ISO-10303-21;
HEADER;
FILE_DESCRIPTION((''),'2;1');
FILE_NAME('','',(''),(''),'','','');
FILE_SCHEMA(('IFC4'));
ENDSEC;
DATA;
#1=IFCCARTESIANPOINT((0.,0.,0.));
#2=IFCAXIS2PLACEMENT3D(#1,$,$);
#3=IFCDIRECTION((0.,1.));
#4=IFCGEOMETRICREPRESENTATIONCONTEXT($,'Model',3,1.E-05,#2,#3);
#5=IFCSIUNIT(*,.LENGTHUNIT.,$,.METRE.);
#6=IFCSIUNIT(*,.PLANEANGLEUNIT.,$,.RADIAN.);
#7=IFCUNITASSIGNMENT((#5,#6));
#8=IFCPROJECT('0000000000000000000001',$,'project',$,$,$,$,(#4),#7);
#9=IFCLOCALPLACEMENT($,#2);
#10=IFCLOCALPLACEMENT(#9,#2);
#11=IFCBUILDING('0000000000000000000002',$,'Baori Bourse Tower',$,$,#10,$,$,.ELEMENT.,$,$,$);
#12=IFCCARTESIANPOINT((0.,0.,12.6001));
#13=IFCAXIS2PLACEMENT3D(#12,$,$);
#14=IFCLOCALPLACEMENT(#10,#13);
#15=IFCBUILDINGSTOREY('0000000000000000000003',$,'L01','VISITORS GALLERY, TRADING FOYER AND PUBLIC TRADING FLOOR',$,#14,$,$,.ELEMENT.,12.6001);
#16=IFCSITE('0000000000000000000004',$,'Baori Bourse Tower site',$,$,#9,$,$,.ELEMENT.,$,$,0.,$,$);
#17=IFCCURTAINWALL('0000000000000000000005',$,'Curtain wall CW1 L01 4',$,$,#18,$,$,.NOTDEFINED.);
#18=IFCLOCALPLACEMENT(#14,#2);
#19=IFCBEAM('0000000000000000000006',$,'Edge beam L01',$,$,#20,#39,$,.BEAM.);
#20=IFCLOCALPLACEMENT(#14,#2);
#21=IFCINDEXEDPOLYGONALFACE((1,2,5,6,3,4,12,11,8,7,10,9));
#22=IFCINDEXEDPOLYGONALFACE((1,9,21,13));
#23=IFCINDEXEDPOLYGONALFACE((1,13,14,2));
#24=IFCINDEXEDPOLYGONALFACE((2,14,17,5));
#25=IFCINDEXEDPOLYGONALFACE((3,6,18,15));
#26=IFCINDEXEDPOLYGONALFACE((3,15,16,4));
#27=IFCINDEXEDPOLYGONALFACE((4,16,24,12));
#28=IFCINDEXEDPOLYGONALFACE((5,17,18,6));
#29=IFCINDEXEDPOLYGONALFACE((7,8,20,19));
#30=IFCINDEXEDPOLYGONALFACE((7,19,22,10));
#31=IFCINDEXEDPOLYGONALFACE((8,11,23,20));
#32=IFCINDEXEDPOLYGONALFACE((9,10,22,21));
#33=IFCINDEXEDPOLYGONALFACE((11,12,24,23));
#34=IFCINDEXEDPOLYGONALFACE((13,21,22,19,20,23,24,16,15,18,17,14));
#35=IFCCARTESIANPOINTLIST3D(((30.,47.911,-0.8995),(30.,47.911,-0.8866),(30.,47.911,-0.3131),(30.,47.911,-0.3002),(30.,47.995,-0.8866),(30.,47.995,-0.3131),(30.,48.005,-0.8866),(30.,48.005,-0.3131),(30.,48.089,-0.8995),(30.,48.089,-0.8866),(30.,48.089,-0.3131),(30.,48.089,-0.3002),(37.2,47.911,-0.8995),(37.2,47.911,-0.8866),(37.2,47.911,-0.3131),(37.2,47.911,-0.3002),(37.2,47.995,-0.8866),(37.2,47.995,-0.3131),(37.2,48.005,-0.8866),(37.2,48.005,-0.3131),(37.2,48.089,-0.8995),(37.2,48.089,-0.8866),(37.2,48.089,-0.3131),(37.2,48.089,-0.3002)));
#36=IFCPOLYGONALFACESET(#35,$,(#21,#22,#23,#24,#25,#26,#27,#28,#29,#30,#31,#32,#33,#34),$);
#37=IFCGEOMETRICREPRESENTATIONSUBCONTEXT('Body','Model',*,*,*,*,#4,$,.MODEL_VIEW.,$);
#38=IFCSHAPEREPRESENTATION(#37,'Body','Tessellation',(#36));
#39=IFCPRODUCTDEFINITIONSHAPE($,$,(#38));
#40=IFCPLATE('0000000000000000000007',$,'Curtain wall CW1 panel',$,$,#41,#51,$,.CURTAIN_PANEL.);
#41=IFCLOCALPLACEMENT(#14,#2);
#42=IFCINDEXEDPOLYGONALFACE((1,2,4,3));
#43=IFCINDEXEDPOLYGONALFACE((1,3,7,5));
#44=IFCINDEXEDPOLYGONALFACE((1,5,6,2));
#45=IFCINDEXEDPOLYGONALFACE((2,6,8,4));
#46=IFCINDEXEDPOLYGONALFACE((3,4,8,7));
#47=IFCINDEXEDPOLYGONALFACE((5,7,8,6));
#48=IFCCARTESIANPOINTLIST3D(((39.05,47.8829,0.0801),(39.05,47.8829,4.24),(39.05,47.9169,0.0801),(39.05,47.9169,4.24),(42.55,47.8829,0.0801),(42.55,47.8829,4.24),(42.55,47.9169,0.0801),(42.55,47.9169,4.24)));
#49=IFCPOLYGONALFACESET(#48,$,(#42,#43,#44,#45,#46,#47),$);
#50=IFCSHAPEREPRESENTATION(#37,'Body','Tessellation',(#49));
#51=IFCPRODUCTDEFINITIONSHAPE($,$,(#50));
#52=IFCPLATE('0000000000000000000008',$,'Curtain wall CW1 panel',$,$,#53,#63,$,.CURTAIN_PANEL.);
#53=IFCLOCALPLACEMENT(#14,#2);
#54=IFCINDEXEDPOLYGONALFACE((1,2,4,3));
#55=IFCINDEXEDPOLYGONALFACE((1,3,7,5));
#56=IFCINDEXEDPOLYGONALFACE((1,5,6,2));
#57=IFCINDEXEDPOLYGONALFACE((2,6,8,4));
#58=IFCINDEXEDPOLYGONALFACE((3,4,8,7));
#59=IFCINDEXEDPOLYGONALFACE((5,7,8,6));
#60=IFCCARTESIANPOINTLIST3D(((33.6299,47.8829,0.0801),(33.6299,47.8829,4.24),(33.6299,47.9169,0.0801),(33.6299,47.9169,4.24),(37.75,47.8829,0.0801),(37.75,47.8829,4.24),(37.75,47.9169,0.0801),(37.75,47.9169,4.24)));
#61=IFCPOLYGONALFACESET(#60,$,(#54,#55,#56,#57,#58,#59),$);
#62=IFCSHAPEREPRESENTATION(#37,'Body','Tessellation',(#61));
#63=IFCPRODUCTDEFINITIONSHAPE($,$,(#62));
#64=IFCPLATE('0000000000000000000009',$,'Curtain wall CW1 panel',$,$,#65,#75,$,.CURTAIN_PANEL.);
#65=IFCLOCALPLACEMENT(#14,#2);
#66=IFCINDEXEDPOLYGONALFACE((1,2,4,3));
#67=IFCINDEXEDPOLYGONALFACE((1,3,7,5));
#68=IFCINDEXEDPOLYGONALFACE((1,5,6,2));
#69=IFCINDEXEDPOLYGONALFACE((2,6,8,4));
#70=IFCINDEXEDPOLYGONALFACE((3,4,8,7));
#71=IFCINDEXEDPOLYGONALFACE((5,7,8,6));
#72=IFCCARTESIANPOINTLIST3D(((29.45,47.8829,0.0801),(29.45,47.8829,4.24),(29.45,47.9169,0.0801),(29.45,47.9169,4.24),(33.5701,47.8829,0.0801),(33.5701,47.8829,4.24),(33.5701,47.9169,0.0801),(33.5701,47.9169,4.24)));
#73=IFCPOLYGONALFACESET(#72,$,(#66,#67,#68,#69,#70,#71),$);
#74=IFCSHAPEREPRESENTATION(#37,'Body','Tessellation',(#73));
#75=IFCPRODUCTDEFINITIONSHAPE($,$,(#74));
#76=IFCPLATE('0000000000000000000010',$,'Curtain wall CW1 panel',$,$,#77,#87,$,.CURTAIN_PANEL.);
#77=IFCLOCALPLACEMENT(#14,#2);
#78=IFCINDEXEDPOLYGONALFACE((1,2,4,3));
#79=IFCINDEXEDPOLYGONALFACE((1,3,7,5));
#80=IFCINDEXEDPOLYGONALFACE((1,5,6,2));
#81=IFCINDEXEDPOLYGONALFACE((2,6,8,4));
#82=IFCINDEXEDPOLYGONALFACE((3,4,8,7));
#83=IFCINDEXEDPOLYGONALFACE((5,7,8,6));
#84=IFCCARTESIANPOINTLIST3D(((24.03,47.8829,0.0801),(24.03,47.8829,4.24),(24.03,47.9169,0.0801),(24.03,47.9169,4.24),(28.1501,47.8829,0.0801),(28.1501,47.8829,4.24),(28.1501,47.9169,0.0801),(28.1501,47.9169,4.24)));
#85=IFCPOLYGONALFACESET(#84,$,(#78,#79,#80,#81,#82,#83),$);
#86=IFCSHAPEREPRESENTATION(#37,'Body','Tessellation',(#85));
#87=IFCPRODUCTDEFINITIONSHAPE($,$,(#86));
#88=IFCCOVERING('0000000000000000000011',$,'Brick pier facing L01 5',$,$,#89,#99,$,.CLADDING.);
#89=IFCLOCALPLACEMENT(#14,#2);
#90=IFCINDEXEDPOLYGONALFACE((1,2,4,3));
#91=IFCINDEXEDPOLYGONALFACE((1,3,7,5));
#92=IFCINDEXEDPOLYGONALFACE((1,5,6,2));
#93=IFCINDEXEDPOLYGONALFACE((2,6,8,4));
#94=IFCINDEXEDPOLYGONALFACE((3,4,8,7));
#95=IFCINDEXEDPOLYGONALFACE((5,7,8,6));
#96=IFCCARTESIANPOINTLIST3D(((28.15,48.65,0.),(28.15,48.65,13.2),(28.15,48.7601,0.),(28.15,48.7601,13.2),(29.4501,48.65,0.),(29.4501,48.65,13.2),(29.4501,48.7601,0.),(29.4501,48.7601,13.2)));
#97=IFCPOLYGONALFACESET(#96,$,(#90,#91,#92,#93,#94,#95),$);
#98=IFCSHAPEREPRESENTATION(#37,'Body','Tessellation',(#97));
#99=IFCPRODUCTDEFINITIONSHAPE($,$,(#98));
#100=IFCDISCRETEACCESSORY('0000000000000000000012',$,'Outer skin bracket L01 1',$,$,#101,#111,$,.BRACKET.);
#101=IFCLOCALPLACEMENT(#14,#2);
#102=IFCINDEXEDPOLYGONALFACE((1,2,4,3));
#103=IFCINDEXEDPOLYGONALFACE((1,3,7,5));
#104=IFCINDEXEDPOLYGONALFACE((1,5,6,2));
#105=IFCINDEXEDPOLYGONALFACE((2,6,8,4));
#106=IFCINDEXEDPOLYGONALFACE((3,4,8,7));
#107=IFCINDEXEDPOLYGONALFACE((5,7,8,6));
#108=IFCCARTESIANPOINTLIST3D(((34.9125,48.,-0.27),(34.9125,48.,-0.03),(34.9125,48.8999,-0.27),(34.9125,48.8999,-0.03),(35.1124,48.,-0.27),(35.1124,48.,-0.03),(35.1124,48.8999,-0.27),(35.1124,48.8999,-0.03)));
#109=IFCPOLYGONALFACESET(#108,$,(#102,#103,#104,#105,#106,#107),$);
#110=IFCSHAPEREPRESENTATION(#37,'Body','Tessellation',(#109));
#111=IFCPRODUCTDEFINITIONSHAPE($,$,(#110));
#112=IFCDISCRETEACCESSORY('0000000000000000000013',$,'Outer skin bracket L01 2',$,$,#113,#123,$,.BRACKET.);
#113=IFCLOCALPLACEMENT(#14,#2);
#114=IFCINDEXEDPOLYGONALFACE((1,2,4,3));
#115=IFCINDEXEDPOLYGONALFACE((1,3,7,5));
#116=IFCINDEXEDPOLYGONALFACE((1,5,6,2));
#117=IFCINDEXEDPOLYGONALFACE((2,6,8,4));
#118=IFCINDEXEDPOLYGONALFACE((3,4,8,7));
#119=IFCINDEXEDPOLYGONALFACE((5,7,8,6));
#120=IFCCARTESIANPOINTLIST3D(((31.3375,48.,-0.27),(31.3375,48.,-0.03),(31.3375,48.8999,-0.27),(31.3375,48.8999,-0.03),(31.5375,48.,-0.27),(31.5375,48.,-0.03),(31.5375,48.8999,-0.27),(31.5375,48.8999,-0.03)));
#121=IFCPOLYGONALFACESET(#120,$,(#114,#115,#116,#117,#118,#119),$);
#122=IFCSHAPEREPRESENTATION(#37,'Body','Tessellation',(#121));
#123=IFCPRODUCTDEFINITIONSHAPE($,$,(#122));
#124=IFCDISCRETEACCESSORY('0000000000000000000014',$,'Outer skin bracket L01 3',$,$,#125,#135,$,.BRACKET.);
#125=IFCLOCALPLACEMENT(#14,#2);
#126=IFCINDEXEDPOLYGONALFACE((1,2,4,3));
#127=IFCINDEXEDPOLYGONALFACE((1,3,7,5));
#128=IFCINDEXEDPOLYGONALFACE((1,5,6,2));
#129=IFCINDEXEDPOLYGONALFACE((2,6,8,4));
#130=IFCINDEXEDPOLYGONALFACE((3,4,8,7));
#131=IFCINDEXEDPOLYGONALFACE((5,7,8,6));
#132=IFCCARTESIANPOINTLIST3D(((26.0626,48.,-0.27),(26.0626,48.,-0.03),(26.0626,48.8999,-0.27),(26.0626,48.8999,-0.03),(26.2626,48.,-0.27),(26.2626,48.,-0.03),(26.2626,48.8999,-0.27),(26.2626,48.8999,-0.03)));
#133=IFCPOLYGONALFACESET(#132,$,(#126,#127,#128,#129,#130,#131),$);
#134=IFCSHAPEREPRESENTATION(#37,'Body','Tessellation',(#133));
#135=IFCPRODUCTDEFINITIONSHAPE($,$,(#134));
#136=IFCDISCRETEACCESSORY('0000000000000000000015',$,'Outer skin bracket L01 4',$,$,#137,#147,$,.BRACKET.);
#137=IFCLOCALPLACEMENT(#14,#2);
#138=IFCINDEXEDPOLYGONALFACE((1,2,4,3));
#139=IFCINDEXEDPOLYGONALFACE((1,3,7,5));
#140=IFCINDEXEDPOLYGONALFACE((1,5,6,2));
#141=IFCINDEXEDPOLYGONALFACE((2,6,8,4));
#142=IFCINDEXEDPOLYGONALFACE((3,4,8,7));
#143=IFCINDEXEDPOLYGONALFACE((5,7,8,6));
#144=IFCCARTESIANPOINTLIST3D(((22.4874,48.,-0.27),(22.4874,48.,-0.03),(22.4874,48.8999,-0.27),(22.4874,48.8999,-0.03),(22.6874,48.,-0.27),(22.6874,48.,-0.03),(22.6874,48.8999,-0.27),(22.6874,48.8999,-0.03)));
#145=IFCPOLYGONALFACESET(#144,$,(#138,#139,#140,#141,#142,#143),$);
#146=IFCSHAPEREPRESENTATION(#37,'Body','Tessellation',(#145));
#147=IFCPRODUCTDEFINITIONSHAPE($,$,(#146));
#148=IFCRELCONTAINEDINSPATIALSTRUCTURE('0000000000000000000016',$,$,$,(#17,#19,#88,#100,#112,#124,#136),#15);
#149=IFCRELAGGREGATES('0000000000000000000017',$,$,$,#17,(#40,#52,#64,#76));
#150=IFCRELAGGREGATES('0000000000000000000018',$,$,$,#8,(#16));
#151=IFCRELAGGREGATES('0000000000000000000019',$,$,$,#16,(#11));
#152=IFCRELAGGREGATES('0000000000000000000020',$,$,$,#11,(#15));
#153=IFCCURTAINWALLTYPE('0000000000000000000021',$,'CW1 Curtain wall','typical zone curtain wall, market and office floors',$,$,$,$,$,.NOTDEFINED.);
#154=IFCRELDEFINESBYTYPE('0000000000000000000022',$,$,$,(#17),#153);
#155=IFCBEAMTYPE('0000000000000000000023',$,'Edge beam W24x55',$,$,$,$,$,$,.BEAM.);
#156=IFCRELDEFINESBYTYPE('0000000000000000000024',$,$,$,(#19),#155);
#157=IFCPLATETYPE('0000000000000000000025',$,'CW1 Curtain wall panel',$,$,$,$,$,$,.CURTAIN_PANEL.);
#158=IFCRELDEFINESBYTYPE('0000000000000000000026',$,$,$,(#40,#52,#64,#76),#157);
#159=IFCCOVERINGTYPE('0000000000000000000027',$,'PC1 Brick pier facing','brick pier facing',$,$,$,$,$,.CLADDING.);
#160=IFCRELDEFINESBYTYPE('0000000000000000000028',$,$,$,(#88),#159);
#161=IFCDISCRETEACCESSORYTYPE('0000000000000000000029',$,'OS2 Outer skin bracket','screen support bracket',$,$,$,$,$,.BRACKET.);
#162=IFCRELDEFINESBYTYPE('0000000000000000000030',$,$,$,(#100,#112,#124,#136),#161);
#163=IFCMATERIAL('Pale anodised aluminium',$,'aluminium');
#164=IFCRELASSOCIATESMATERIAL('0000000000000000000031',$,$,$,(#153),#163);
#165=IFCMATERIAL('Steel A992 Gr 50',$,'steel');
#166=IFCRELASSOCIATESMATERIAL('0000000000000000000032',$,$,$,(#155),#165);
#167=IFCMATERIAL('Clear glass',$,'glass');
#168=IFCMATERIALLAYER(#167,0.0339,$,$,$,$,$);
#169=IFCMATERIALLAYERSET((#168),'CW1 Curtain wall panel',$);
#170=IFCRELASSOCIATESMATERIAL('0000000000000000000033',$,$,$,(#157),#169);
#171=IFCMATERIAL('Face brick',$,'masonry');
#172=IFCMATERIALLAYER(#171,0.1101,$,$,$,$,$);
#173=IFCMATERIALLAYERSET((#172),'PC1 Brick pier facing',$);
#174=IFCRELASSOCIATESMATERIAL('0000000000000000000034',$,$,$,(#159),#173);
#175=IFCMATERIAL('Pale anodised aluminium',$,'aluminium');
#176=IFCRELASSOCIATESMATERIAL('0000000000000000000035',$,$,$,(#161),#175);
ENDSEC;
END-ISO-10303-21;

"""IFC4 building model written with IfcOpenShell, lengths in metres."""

from ifc_helpers import new_model, si_unit, direction, frame, origin, origin_2d, place, context, subcontext, project, spatial, rectangle, i_section, extrude, material, layer, layer_set, material_profile, profile_set, type_object, element, aggregate, save


model = new_model("IFC4")

# Units and contexts
model_context = context("Model", 3, precision=1e-05, world=origin(), true_north=direction((0.0, 1.0)))
body_context = subcontext(model_context, "Body", "Model", "MODEL_VIEW")
ifc_project = project(units=[si_unit("LENGTHUNIT", "METRE"), si_unit("PLANEANGLEUNIT", "RADIAN")], contexts=[model_context])

# Site, building, storey
site_placement = place(None, origin())
site = spatial("IfcSite", under=ifc_project, at=site_placement, Name="Baori Bourse Tower site", CompositionType="ELEMENT", RefElevation=0.0)
building_placement = place(site_placement, origin())
building = spatial("IfcBuilding", under=site, at=building_placement, Name="Baori Bourse Tower", CompositionType="ELEMENT")
storey_placement = place(building_placement, frame((0.0, 0.0, 12.6001)))
storey = spatial("IfcBuildingStorey", under=building, at=storey_placement, Name="L01", Description="VISITORS GALLERY, TRADING FOYER AND PUBLIC TRADING FLOOR", CompositionType="ELEMENT", Elevation=12.6001)

# Curtain wall
ifc_material_1 = material(Name="Pale anodised aluminium", Category="aluminium")
curtain_wall_type = type_object("IfcCurtainWallType", Name="CW1 Curtain wall", Description="typical zone curtain wall, market and office floors", PredefinedType="NOTDEFINED", material=ifc_material_1)
curtain_wall_placement = place(storey_placement, origin())
curtain_wall = element("IfcCurtainWall", 1, at=curtain_wall_placement, inside=storey, type_object=curtain_wall_type, Name="Curtain wall CW1 L01 4", PredefinedType="NOTDEFINED")

# Beam
ifc_material_2 = material(Name="Steel A992 Gr 50", Category="steel")
ifc_material_profile_1 = material_profile(ifc_material_2, i_section(OverallWidth=0.178, OverallDepth=0.5994, WebThickness=0.01, FlangeThickness=0.0129, at=origin_2d()), Name="W24x55")
ifc_profile_set_1 = profile_set([ifc_material_profile_1], Name="Steel A992 Gr 50")
beam_type_1 = type_object("IfcBeamType", Name="Edge beam W24x55", PredefinedType="BEAM", material=ifc_profile_set_1)
beam_1_placement = place(storey_placement, frame((30.0, 48.0, -0.5999), z_axis=(1.0, 0.0, 0.0), x_axis=(0.0, 1.0, 0.0)))
element("IfcBeam", 2, at=beam_1_placement, inside=storey, type_object=beam_type_1, Name="Edge beam L01", PredefinedType="BEAM", context=body_context, shape_type="SweptSolid", body=[
    extrude(i_section(OverallWidth=0.178, OverallDepth=0.5994, WebThickness=0.01, FlangeThickness=0.0129, at=origin_2d()), origin(), (0.0, 0.0, 1.0), 7.2),
])

# Plates
ifc_material_3 = material(Name="Clear glass", Category="glass")
ifc_layer_1 = layer(ifc_material_3, 0.0339)
ifc_layer_set_1 = layer_set([ifc_layer_1], Name="CW1 Curtain wall panel")
plate_type = type_object("IfcPlateType", Name="CW1 Curtain wall panel", PredefinedType="CURTAIN_PANEL", material=ifc_layer_set_1)
plate_1_placement = place(storey_placement, frame((40.8, 47.8999, 0.0801), z_axis=(0.0, 0.0, 1.0), x_axis=(-1.0, 0.0, 0.0)))
plate_1 = element("IfcPlate", 3, at=plate_1_placement, type_object=plate_type, Name="Curtain wall CW1 panel", PredefinedType="CURTAIN_PANEL", context=body_context, shape_type="SweptSolid", body=[
    extrude(rectangle(XDim=3.5, YDim=0.0339, at=origin_2d()), origin(), (0.0, 0.0, 1.0), 4.1599),
])
plate_2_placement = place(storey_placement, frame((35.6899, 47.8999, 0.0801), z_axis=(0.0, 0.0, 1.0), x_axis=(-1.0, 0.0, 0.0)))
plate_2 = element("IfcPlate", 4, at=plate_2_placement, type_object=plate_type, Name="Curtain wall CW1 panel", PredefinedType="CURTAIN_PANEL", context=body_context, shape_type="SweptSolid", body=[
    extrude(rectangle(XDim=4.1201, YDim=0.0339, at=origin_2d()), origin(), (0.0, 0.0, 1.0), 4.1599),
])
plate_3_placement = place(storey_placement, frame((31.51, 47.8999, 0.0801), z_axis=(0.0, 0.0, 1.0), x_axis=(-1.0, 0.0, 0.0)))
plate_3 = element("IfcPlate", 5, at=plate_3_placement, type_object=plate_type, Name="Curtain wall CW1 panel", PredefinedType="CURTAIN_PANEL", context=body_context, shape_type="SweptSolid", body=[
    extrude(rectangle(XDim=4.1201, YDim=0.0339, at=origin_2d()), origin(), (0.0, 0.0, 1.0), 4.1599),
])
plate_4_placement = place(storey_placement, frame((26.0901, 47.8999, 0.0801), z_axis=(0.0, 0.0, 1.0), x_axis=(-1.0, 0.0, 0.0)))
plate_4 = element("IfcPlate", 6, at=plate_4_placement, type_object=plate_type, Name="Curtain wall CW1 panel", PredefinedType="CURTAIN_PANEL", context=body_context, shape_type="SweptSolid", body=[
    extrude(rectangle(XDim=4.1201, YDim=0.0339, at=origin_2d()), origin(), (0.0, 0.0, 1.0), 4.1599),
])
aggregate(curtain_wall, [plate_1, plate_2, plate_3, plate_4])

# Covering
ifc_material_4 = material(Name="Face brick", Category="masonry")
ifc_layer_2 = layer(ifc_material_4, 0.1101)
ifc_layer_set_2 = layer_set([ifc_layer_2], Name="PC1 Brick pier facing")
covering_type = type_object("IfcCoveringType", Name="PC1 Brick pier facing", Description="brick pier facing", PredefinedType="CLADDING", material=ifc_layer_set_2)
covering_placement = place(storey_placement, frame((28.8, 48.7051, 0.0), z_axis=(0.0, 0.0, 1.0), x_axis=(1.0, 0.0, 0.0)))
element("IfcCovering", 7, at=covering_placement, inside=storey, type_object=covering_type, Name="Brick pier facing L01 5", PredefinedType="CLADDING", context=body_context, shape_type="SweptSolid", body=[
    extrude(rectangle(XDim=1.3, YDim=0.1101, at=origin_2d()), origin(), (0.0, 0.0, 1.0), 13.2),
])

# Discrete accessories
ifc_material_5 = material(Name="Pale anodised aluminium", Category="aluminium")
discrete_accessory_type = type_object("IfcDiscreteAccessoryType", Name="OS2 Outer skin bracket", Description="screen support bracket", PredefinedType="BRACKET", material=ifc_material_5)
for number, where, z_axis, x_axis, name in (
    (8, (35.0125, 48.45, -0.27), (0.0, 0.0, 1.0), (-1.0, 0.0, 0.0), "Outer skin bracket L01 1"),
    (9, (31.4375, 48.45, -0.27), (0.0, 0.0, 1.0), (-1.0, 0.0, 0.0), "Outer skin bracket L01 2"),
    (10, (26.1626, 48.45, -0.27), (0.0, 0.0, 1.0), (-1.0, 0.0, 0.0), "Outer skin bracket L01 3"),
    (11, (22.5874, 48.45, -0.27), (0.0, 0.0, 1.0), (-1.0, 0.0, 0.0), "Outer skin bracket L01 4"),
):
    element("IfcDiscreteAccessory", number, at=place(storey_placement, frame(where, z_axis=z_axis, x_axis=x_axis)), inside=storey, type_object=discrete_accessory_type, Name=name, PredefinedType="BRACKET", context=body_context, shape_type="SweptSolid", body=[
        extrude(rectangle(XDim=0.2, YDim=0.8999, at=origin_2d()), origin(), (0.0, 0.0, 1.0), 0.24),
    ])

save(model, "model.ifc")
